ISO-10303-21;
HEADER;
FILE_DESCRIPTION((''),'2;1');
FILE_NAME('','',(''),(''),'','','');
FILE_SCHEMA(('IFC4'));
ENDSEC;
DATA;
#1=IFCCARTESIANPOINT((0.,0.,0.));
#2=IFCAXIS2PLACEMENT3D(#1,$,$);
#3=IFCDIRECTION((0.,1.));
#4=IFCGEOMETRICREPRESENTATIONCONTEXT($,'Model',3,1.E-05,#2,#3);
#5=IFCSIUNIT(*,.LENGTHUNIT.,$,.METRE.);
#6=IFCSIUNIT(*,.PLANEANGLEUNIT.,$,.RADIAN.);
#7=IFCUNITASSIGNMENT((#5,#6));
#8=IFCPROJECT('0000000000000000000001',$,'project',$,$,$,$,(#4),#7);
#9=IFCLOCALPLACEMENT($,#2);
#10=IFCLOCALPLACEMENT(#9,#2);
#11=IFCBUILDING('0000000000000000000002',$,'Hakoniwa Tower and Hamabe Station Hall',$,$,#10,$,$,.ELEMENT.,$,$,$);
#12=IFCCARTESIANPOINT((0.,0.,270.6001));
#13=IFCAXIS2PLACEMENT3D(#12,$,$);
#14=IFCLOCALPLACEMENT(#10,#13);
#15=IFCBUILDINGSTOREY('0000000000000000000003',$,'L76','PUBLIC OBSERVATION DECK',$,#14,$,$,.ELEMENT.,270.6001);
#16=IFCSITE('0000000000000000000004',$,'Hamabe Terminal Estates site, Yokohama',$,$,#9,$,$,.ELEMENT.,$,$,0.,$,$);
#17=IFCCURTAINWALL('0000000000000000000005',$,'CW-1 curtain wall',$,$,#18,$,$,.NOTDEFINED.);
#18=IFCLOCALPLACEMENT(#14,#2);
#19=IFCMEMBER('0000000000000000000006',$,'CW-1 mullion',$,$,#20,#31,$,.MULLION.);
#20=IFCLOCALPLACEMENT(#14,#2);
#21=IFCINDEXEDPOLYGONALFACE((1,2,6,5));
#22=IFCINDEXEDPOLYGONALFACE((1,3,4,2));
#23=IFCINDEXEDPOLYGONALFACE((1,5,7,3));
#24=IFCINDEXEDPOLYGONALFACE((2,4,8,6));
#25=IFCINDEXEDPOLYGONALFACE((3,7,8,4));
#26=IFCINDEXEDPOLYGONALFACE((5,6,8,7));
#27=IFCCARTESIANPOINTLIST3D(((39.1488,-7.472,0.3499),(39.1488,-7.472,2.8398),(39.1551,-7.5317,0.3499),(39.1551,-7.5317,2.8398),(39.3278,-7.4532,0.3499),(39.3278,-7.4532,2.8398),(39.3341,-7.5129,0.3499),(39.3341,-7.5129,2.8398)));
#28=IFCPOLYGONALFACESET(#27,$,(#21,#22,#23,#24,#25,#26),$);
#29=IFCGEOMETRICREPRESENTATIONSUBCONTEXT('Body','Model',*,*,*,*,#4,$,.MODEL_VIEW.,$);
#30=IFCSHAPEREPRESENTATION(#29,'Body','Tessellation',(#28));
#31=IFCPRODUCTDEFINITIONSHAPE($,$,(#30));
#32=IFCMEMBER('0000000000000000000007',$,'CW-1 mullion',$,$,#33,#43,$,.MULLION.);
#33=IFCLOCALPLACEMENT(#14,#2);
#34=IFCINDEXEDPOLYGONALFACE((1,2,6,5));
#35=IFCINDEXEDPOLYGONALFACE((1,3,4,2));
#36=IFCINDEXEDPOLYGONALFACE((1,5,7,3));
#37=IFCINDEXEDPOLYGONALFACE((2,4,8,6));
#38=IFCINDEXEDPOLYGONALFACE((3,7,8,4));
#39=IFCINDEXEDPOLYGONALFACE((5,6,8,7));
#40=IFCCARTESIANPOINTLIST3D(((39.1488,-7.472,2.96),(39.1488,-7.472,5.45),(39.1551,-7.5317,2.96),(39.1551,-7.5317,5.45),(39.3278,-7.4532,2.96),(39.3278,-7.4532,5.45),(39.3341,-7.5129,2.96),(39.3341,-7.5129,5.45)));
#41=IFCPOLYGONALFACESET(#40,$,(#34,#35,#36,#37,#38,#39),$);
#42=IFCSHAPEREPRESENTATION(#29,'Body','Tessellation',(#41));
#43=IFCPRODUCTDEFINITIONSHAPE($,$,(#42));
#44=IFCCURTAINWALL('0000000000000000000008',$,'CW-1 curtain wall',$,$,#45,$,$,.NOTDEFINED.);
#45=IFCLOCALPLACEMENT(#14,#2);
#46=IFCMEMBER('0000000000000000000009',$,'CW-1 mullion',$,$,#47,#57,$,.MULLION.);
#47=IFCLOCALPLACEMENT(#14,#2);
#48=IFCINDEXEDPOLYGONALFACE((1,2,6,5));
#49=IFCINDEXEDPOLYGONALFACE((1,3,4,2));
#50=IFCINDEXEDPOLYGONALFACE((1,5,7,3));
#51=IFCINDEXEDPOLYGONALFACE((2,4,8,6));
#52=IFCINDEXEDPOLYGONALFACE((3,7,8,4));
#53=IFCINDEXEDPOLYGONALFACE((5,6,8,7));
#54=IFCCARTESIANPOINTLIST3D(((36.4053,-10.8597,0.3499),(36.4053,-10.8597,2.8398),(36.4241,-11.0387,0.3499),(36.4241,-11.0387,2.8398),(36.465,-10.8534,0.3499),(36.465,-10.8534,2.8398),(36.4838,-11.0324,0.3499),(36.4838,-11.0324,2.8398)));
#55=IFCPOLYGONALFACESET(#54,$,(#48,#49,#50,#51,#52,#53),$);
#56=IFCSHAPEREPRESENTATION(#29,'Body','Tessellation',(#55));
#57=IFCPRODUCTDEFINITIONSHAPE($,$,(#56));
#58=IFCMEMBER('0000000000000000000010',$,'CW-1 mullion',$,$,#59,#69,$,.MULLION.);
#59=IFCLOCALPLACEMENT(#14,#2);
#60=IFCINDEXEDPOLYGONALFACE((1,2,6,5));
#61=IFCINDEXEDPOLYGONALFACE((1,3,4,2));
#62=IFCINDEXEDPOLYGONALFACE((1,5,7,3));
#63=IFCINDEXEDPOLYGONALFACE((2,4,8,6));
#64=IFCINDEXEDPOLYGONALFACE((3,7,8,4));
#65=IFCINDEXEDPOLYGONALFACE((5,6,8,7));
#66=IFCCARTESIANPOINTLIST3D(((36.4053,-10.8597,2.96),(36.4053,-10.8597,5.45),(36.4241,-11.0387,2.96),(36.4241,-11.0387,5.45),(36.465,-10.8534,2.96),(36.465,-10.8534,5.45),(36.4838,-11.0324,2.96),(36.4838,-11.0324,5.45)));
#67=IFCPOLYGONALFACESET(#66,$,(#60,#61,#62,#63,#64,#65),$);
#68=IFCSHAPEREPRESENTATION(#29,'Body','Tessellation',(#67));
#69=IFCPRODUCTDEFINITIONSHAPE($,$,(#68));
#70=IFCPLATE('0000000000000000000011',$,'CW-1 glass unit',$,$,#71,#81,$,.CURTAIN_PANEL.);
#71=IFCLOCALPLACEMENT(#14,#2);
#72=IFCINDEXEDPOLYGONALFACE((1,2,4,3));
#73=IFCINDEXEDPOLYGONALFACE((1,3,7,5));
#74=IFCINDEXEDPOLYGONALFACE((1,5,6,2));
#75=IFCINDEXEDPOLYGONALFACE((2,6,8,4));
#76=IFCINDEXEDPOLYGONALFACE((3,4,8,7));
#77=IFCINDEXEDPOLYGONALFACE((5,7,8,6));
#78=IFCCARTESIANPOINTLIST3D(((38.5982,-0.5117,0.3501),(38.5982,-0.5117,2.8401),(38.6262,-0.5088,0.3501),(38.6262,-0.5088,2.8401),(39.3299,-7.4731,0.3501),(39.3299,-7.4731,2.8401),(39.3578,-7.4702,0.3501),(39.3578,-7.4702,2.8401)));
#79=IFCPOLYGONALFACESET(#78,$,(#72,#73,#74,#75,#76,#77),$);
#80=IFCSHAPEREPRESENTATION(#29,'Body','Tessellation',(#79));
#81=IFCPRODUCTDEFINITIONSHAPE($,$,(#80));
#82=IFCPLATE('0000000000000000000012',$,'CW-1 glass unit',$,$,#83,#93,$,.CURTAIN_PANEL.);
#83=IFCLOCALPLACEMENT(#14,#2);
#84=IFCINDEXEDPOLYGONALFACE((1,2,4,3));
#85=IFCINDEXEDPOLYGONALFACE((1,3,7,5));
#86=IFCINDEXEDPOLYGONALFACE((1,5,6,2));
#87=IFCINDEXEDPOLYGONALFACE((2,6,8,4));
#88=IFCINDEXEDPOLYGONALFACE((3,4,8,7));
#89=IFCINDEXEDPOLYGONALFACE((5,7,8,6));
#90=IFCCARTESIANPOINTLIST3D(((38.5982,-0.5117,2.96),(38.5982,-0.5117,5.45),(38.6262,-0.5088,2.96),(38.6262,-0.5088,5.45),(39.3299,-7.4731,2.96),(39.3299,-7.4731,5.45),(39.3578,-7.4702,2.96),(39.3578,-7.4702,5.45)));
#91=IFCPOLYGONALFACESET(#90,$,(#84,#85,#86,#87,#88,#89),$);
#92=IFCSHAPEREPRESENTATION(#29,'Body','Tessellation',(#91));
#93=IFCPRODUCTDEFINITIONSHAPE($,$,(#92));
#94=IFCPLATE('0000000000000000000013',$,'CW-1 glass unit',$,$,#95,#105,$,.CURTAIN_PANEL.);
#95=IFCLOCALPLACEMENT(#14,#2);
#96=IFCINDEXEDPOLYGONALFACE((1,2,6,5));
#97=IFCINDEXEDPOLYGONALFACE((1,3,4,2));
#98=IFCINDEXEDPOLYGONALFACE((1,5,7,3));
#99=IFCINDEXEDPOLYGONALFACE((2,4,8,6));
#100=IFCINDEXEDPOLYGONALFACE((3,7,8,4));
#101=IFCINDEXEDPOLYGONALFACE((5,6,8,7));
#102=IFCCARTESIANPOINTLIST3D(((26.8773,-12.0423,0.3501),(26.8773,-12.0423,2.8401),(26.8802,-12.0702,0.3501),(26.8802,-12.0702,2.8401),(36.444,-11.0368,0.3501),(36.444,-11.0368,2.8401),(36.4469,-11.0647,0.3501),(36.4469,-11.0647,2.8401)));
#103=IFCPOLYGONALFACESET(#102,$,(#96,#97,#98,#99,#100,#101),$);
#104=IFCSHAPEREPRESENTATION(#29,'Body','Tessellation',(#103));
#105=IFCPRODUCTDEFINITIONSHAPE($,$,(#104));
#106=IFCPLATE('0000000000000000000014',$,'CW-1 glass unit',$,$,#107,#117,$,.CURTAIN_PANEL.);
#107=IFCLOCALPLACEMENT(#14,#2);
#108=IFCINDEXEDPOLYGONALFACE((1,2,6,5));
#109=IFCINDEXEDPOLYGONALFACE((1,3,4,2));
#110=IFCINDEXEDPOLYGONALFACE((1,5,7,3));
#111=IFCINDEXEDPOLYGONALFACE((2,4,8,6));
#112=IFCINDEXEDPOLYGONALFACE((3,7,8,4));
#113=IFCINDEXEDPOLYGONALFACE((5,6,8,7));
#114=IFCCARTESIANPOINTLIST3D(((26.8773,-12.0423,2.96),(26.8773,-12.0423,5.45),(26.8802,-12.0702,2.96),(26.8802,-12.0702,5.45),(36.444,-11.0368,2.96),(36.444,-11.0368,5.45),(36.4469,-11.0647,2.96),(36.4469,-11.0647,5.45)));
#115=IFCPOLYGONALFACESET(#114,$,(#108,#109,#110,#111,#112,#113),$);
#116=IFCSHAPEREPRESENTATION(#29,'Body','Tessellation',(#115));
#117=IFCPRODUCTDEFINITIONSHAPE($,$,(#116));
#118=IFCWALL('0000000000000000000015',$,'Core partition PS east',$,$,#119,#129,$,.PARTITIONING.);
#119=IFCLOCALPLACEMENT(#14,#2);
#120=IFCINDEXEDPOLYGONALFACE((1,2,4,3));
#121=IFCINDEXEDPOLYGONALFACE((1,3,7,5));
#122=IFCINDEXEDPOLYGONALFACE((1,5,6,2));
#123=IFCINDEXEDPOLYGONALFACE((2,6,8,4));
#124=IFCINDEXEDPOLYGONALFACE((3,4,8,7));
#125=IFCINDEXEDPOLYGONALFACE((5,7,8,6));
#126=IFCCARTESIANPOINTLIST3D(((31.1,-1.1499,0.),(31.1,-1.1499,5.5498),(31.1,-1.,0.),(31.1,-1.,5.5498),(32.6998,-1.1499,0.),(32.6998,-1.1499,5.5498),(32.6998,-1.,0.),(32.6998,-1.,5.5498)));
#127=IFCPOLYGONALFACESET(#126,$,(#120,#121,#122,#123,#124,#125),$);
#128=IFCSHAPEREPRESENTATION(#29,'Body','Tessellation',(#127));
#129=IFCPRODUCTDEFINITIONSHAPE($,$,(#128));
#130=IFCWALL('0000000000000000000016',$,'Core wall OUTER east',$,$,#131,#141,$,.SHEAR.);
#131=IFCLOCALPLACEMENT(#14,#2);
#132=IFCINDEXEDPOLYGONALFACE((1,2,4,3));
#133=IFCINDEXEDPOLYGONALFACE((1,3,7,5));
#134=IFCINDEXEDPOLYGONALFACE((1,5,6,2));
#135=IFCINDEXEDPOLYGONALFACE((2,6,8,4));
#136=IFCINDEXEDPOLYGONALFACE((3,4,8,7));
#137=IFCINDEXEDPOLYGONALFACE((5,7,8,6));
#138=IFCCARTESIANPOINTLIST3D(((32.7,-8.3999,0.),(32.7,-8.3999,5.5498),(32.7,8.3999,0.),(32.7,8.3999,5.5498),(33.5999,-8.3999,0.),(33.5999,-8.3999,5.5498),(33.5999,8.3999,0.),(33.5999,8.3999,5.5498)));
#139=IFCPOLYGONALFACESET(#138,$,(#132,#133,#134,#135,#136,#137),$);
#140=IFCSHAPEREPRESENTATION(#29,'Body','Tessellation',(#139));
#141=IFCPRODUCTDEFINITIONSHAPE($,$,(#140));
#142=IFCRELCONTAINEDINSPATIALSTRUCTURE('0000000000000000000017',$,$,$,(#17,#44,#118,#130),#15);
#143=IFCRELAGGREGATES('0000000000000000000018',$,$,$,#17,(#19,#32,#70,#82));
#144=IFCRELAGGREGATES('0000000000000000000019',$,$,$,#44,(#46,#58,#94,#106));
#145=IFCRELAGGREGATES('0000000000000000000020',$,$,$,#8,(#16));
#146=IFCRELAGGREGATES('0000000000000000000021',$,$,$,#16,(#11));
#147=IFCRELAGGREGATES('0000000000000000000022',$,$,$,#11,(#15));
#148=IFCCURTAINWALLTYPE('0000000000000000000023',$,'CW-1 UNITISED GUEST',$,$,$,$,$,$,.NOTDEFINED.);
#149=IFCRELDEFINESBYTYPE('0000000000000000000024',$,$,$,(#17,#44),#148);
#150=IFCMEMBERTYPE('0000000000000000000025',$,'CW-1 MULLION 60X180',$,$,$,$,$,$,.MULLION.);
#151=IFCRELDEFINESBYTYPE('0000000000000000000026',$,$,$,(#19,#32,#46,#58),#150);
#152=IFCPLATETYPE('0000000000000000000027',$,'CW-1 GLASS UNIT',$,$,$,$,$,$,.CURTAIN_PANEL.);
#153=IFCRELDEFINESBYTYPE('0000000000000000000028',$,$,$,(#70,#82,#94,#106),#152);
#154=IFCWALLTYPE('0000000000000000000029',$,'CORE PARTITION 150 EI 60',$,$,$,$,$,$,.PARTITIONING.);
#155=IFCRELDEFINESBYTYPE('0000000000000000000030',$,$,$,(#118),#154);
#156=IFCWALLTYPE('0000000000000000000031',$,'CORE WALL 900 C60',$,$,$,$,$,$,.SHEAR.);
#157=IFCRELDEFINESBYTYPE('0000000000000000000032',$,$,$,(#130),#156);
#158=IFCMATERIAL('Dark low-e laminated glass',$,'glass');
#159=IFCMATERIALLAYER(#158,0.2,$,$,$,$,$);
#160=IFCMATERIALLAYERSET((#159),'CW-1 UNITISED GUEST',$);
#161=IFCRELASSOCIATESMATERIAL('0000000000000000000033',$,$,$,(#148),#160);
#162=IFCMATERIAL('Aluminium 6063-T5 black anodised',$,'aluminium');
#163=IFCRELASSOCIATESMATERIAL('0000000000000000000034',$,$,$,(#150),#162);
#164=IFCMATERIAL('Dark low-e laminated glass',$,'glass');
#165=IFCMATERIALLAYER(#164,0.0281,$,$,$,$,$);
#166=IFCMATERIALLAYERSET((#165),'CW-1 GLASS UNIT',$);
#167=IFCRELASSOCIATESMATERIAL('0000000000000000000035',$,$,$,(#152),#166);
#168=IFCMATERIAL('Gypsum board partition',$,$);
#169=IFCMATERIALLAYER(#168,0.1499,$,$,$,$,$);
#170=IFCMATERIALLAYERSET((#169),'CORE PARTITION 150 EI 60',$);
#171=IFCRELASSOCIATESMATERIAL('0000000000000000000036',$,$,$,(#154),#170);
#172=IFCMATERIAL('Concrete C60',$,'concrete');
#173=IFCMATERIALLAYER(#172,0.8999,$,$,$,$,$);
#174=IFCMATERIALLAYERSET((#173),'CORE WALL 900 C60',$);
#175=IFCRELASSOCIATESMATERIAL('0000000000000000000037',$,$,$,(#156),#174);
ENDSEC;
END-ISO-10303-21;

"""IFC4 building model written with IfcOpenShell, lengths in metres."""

from ifc_helpers import new_model, si_unit, direction, frame, frame_2d, origin, origin_2d, place, context, subcontext, project, spatial, rectangle, extrude, material, layer, layer_set, material_profile, profile_set, type_object, element, aggregate, save


model = new_model("IFC4")

# Units and contexts
model_context = context("Model", 3, precision=1e-05, world=origin(), true_north=direction((0.0, 1.0)))
body_context = subcontext(model_context, "Body", "Model", "MODEL_VIEW")
ifc_project = project(units=[si_unit("LENGTHUNIT", "METRE"), si_unit("PLANEANGLEUNIT", "RADIAN")], contexts=[model_context])

# Site, building, storey
site_placement = place(None, origin())
site = spatial("IfcSite", under=ifc_project, at=site_placement, Name="Hamabe Terminal Estates site, Yokohama", CompositionType="ELEMENT", RefElevation=0.0)
building_placement = place(site_placement, origin())
building = spatial("IfcBuilding", under=site, at=building_placement, Name="Hakoniwa Tower and Hamabe Station Hall", CompositionType="ELEMENT")
storey_placement = place(building_placement, frame((0.0, 0.0, 270.6001)))
storey = spatial("IfcBuildingStorey", under=building, at=storey_placement, Name="L76", Description="PUBLIC OBSERVATION DECK", CompositionType="ELEMENT", Elevation=270.6001)

# Curtain walls, members
ifc_material_1 = material(Name="Dark low-e laminated glass", Category="glass")
ifc_layer_1 = layer(ifc_material_1, 0.2)
ifc_layer_set_1 = layer_set([ifc_layer_1], Name="CW-1 UNITISED GUEST")
curtain_wall_type = type_object("IfcCurtainWallType", Name="CW-1 UNITISED GUEST", PredefinedType="NOTDEFINED", material=ifc_layer_set_1)
curtain_wall_1_placement = place(storey_placement, origin())
curtain_wall_1 = element("IfcCurtainWall", 1, at=curtain_wall_1_placement, inside=storey, type_object=curtain_wall_type, Name="CW-1 curtain wall", PredefinedType="NOTDEFINED")
ifc_material_2 = material(Name="Aluminium 6063-T5 black anodised", Category="aluminium")
ifc_material_profile_1 = material_profile(ifc_material_2, rectangle(XDim=0.0601, YDim=0.1799, at=origin_2d()), Name="CW-1 MULLION 60X180")
ifc_profile_set_1 = profile_set([ifc_material_profile_1], Name="Aluminium 6063-T5 black anodised")
member_type_1 = type_object("IfcMemberType", Name="CW-1 MULLION 60X180", PredefinedType="MULLION", material=ifc_profile_set_1)
member_1_placement = place(storey_placement, frame((39.2415, -7.4924, 0.3499), z_axis=(0.0, 0.0, 1.0), x_axis=(-0.104528, 0.994522, 0.0)))
member_1 = element("IfcMember", 2, at=member_1_placement, type_object=member_type_1, Name="CW-1 mullion", PredefinedType="MULLION", context=body_context, shape_type="SweptSolid", body=[
    extrude(rectangle(XDim=0.0601, YDim=0.1799, at=origin_2d()), origin(), (0.0, 0.0, 1.0), 2.49),
])
member_2_placement = place(storey_placement, frame((39.2415, -7.4924, 2.96), z_axis=(0.0, 0.0, 1.0), x_axis=(-0.104528, 0.994522, 0.0)))
member_2 = element("IfcMember", 3, at=member_2_placement, type_object=member_type_1, Name="CW-1 mullion", PredefinedType="MULLION", context=body_context, shape_type="SweptSolid", body=[
    extrude(rectangle(XDim=0.0601, YDim=0.1799, at=origin_2d()), origin(), (0.0, 0.0, 1.0), 2.49),
])
curtain_wall_2_placement = place(storey_placement, origin())
curtain_wall_2 = element("IfcCurtainWall", 4, at=curtain_wall_2_placement, inside=storey, type_object=curtain_wall_type, Name="CW-1 curtain wall", PredefinedType="NOTDEFINED")
member_3_placement = place(storey_placement, frame((36.4446, -10.946, 0.3499), z_axis=(0.0, 0.0, 1.0), x_axis=(0.994522, 0.104528, 0.0)))
member_3 = element("IfcMember", 5, at=member_3_placement, type_object=member_type_1, Name="CW-1 mullion", PredefinedType="MULLION", context=body_context, shape_type="SweptSolid", body=[
    extrude(rectangle(XDim=0.0601, YDim=0.1799, at=origin_2d()), origin(), (0.0, 0.0, 1.0), 2.49),
])
member_4_placement = place(storey_placement, frame((36.4446, -10.946, 2.96), z_axis=(0.0, 0.0, 1.0), x_axis=(0.994522, 0.104528, 0.0)))
member_4 = element("IfcMember", 6, at=member_4_placement, type_object=member_type_1, Name="CW-1 mullion", PredefinedType="MULLION", context=body_context, shape_type="SweptSolid", body=[
    extrude(rectangle(XDim=0.0601, YDim=0.1799, at=origin_2d()), origin(), (0.0, 0.0, 1.0), 2.49),
])

# Plates
ifc_material_3 = material(Name="Dark low-e laminated glass", Category="glass")
ifc_layer_2 = layer(ifc_material_3, 0.0281)
ifc_layer_set_2 = layer_set([ifc_layer_2], Name="CW-1 GLASS UNIT")
plate_type = type_object("IfcPlateType", Name="CW-1 GLASS UNIT", PredefinedType="CURTAIN_PANEL", material=ifc_layer_set_2)
plate_1_placement = place(storey_placement, frame((38.978, -3.991, 0.3501), z_axis=(0.0, 0.0, 1.0), x_axis=(-0.104528, 0.994522, 0.0)))
plate_1 = element("IfcPlate", 7, at=plate_1_placement, type_object=plate_type, Name="CW-1 glass unit", PredefinedType="CURTAIN_PANEL", context=body_context, shape_type="SweptSolid", body=[
    extrude(rectangle(XDim=6.9998, YDim=0.0281, at=origin_2d()), origin(), (0.0, 0.0, 1.0), 2.49),
])
plate_2_placement = place(storey_placement, frame((38.978, -3.991, 2.96), z_axis=(0.0, 0.0, 1.0), x_axis=(-0.104528, 0.994522, 0.0)))
plate_2 = element("IfcPlate", 8, at=plate_2_placement, type_object=plate_type, Name="CW-1 glass unit", PredefinedType="CURTAIN_PANEL", context=body_context, shape_type="SweptSolid", body=[
    extrude(rectangle(XDim=6.9998, YDim=0.0281, at=origin_2d()), origin(), (0.0, 0.0, 1.0), 2.49),
])
aggregate(curtain_wall_1, [member_1, member_2, plate_1, plate_2])
plate_3_placement = place(storey_placement, frame((31.6621, -11.5535, 0.3501), z_axis=(0.0, 0.0, 1.0), x_axis=(0.994522, 0.104528, 0.0)))
plate_3 = element("IfcPlate", 9, at=plate_3_placement, type_object=plate_type, Name="CW-1 glass unit", PredefinedType="CURTAIN_PANEL", context=body_context, shape_type="SweptSolid", body=[
    extrude(rectangle(XDim=9.6194, YDim=0.0281, at=origin_2d()), origin(), (0.0, 0.0, 1.0), 2.49),
])
plate_4_placement = place(storey_placement, frame((31.6621, -11.5535, 2.96), z_axis=(0.0, 0.0, 1.0), x_axis=(0.994522, 0.104528, 0.0)))
plate_4 = element("IfcPlate", 10, at=plate_4_placement, type_object=plate_type, Name="CW-1 glass unit", PredefinedType="CURTAIN_PANEL", context=body_context, shape_type="SweptSolid", body=[
    extrude(rectangle(XDim=9.6194, YDim=0.0281, at=origin_2d()), origin(), (0.0, 0.0, 1.0), 2.49),
])
aggregate(curtain_wall_2, [member_3, member_4, plate_3, plate_4])

# Walls
ifc_material_4 = material(Name="Gypsum board partition")
ifc_layer_3 = layer(ifc_material_4, 0.1499)
ifc_layer_set_3 = layer_set([ifc_layer_3], Name="CORE PARTITION 150 EI 60")
wall_type_1 = type_object("IfcWallType", Name="CORE PARTITION 150 EI 60", PredefinedType="PARTITIONING", material=ifc_layer_set_3)
wall_1_placement = place(storey_placement, frame((31.1001, -1.075, 0.0), z_axis=(0.0, 0.0, 1.0), x_axis=(1.0, 0.0, 0.0)))
element("IfcWall", 11, at=wall_1_placement, inside=storey, type_object=wall_type_1, Name="Core partition PS east", PredefinedType="PARTITIONING", context=body_context, shape_type="SweptSolid", body=[
    extrude(rectangle(XDim=1.5999, YDim=0.1499, at=frame_2d((0.7998, 0.0))), origin(), (0.0, 0.0, 1.0), 5.5498),
])
ifc_material_5 = material(Name="Concrete C60", Category="concrete")
ifc_layer_4 = layer(ifc_material_5, 0.8999)
ifc_layer_set_4 = layer_set([ifc_layer_4], Name="CORE WALL 900 C60")
wall_type_2 = type_object("IfcWallType", Name="CORE WALL 900 C60", PredefinedType="SHEAR", material=ifc_layer_set_4)
wall_2_placement = place(storey_placement, frame((33.1499, -8.3999, 0.0), z_axis=(0.0, 0.0, 1.0), x_axis=(0.0, 1.0, 0.0)))
element("IfcWall", 12, at=wall_2_placement, inside=storey, type_object=wall_type_2, Name="Core wall OUTER east", PredefinedType="SHEAR", context=body_context, shape_type="SweptSolid", body=[
    extrude(rectangle(XDim=16.7998, YDim=0.8999, at=frame_2d((8.3999, 0.0))), origin(), (0.0, 0.0, 1.0), 5.5498),
])

save(model, "model.ifc")
